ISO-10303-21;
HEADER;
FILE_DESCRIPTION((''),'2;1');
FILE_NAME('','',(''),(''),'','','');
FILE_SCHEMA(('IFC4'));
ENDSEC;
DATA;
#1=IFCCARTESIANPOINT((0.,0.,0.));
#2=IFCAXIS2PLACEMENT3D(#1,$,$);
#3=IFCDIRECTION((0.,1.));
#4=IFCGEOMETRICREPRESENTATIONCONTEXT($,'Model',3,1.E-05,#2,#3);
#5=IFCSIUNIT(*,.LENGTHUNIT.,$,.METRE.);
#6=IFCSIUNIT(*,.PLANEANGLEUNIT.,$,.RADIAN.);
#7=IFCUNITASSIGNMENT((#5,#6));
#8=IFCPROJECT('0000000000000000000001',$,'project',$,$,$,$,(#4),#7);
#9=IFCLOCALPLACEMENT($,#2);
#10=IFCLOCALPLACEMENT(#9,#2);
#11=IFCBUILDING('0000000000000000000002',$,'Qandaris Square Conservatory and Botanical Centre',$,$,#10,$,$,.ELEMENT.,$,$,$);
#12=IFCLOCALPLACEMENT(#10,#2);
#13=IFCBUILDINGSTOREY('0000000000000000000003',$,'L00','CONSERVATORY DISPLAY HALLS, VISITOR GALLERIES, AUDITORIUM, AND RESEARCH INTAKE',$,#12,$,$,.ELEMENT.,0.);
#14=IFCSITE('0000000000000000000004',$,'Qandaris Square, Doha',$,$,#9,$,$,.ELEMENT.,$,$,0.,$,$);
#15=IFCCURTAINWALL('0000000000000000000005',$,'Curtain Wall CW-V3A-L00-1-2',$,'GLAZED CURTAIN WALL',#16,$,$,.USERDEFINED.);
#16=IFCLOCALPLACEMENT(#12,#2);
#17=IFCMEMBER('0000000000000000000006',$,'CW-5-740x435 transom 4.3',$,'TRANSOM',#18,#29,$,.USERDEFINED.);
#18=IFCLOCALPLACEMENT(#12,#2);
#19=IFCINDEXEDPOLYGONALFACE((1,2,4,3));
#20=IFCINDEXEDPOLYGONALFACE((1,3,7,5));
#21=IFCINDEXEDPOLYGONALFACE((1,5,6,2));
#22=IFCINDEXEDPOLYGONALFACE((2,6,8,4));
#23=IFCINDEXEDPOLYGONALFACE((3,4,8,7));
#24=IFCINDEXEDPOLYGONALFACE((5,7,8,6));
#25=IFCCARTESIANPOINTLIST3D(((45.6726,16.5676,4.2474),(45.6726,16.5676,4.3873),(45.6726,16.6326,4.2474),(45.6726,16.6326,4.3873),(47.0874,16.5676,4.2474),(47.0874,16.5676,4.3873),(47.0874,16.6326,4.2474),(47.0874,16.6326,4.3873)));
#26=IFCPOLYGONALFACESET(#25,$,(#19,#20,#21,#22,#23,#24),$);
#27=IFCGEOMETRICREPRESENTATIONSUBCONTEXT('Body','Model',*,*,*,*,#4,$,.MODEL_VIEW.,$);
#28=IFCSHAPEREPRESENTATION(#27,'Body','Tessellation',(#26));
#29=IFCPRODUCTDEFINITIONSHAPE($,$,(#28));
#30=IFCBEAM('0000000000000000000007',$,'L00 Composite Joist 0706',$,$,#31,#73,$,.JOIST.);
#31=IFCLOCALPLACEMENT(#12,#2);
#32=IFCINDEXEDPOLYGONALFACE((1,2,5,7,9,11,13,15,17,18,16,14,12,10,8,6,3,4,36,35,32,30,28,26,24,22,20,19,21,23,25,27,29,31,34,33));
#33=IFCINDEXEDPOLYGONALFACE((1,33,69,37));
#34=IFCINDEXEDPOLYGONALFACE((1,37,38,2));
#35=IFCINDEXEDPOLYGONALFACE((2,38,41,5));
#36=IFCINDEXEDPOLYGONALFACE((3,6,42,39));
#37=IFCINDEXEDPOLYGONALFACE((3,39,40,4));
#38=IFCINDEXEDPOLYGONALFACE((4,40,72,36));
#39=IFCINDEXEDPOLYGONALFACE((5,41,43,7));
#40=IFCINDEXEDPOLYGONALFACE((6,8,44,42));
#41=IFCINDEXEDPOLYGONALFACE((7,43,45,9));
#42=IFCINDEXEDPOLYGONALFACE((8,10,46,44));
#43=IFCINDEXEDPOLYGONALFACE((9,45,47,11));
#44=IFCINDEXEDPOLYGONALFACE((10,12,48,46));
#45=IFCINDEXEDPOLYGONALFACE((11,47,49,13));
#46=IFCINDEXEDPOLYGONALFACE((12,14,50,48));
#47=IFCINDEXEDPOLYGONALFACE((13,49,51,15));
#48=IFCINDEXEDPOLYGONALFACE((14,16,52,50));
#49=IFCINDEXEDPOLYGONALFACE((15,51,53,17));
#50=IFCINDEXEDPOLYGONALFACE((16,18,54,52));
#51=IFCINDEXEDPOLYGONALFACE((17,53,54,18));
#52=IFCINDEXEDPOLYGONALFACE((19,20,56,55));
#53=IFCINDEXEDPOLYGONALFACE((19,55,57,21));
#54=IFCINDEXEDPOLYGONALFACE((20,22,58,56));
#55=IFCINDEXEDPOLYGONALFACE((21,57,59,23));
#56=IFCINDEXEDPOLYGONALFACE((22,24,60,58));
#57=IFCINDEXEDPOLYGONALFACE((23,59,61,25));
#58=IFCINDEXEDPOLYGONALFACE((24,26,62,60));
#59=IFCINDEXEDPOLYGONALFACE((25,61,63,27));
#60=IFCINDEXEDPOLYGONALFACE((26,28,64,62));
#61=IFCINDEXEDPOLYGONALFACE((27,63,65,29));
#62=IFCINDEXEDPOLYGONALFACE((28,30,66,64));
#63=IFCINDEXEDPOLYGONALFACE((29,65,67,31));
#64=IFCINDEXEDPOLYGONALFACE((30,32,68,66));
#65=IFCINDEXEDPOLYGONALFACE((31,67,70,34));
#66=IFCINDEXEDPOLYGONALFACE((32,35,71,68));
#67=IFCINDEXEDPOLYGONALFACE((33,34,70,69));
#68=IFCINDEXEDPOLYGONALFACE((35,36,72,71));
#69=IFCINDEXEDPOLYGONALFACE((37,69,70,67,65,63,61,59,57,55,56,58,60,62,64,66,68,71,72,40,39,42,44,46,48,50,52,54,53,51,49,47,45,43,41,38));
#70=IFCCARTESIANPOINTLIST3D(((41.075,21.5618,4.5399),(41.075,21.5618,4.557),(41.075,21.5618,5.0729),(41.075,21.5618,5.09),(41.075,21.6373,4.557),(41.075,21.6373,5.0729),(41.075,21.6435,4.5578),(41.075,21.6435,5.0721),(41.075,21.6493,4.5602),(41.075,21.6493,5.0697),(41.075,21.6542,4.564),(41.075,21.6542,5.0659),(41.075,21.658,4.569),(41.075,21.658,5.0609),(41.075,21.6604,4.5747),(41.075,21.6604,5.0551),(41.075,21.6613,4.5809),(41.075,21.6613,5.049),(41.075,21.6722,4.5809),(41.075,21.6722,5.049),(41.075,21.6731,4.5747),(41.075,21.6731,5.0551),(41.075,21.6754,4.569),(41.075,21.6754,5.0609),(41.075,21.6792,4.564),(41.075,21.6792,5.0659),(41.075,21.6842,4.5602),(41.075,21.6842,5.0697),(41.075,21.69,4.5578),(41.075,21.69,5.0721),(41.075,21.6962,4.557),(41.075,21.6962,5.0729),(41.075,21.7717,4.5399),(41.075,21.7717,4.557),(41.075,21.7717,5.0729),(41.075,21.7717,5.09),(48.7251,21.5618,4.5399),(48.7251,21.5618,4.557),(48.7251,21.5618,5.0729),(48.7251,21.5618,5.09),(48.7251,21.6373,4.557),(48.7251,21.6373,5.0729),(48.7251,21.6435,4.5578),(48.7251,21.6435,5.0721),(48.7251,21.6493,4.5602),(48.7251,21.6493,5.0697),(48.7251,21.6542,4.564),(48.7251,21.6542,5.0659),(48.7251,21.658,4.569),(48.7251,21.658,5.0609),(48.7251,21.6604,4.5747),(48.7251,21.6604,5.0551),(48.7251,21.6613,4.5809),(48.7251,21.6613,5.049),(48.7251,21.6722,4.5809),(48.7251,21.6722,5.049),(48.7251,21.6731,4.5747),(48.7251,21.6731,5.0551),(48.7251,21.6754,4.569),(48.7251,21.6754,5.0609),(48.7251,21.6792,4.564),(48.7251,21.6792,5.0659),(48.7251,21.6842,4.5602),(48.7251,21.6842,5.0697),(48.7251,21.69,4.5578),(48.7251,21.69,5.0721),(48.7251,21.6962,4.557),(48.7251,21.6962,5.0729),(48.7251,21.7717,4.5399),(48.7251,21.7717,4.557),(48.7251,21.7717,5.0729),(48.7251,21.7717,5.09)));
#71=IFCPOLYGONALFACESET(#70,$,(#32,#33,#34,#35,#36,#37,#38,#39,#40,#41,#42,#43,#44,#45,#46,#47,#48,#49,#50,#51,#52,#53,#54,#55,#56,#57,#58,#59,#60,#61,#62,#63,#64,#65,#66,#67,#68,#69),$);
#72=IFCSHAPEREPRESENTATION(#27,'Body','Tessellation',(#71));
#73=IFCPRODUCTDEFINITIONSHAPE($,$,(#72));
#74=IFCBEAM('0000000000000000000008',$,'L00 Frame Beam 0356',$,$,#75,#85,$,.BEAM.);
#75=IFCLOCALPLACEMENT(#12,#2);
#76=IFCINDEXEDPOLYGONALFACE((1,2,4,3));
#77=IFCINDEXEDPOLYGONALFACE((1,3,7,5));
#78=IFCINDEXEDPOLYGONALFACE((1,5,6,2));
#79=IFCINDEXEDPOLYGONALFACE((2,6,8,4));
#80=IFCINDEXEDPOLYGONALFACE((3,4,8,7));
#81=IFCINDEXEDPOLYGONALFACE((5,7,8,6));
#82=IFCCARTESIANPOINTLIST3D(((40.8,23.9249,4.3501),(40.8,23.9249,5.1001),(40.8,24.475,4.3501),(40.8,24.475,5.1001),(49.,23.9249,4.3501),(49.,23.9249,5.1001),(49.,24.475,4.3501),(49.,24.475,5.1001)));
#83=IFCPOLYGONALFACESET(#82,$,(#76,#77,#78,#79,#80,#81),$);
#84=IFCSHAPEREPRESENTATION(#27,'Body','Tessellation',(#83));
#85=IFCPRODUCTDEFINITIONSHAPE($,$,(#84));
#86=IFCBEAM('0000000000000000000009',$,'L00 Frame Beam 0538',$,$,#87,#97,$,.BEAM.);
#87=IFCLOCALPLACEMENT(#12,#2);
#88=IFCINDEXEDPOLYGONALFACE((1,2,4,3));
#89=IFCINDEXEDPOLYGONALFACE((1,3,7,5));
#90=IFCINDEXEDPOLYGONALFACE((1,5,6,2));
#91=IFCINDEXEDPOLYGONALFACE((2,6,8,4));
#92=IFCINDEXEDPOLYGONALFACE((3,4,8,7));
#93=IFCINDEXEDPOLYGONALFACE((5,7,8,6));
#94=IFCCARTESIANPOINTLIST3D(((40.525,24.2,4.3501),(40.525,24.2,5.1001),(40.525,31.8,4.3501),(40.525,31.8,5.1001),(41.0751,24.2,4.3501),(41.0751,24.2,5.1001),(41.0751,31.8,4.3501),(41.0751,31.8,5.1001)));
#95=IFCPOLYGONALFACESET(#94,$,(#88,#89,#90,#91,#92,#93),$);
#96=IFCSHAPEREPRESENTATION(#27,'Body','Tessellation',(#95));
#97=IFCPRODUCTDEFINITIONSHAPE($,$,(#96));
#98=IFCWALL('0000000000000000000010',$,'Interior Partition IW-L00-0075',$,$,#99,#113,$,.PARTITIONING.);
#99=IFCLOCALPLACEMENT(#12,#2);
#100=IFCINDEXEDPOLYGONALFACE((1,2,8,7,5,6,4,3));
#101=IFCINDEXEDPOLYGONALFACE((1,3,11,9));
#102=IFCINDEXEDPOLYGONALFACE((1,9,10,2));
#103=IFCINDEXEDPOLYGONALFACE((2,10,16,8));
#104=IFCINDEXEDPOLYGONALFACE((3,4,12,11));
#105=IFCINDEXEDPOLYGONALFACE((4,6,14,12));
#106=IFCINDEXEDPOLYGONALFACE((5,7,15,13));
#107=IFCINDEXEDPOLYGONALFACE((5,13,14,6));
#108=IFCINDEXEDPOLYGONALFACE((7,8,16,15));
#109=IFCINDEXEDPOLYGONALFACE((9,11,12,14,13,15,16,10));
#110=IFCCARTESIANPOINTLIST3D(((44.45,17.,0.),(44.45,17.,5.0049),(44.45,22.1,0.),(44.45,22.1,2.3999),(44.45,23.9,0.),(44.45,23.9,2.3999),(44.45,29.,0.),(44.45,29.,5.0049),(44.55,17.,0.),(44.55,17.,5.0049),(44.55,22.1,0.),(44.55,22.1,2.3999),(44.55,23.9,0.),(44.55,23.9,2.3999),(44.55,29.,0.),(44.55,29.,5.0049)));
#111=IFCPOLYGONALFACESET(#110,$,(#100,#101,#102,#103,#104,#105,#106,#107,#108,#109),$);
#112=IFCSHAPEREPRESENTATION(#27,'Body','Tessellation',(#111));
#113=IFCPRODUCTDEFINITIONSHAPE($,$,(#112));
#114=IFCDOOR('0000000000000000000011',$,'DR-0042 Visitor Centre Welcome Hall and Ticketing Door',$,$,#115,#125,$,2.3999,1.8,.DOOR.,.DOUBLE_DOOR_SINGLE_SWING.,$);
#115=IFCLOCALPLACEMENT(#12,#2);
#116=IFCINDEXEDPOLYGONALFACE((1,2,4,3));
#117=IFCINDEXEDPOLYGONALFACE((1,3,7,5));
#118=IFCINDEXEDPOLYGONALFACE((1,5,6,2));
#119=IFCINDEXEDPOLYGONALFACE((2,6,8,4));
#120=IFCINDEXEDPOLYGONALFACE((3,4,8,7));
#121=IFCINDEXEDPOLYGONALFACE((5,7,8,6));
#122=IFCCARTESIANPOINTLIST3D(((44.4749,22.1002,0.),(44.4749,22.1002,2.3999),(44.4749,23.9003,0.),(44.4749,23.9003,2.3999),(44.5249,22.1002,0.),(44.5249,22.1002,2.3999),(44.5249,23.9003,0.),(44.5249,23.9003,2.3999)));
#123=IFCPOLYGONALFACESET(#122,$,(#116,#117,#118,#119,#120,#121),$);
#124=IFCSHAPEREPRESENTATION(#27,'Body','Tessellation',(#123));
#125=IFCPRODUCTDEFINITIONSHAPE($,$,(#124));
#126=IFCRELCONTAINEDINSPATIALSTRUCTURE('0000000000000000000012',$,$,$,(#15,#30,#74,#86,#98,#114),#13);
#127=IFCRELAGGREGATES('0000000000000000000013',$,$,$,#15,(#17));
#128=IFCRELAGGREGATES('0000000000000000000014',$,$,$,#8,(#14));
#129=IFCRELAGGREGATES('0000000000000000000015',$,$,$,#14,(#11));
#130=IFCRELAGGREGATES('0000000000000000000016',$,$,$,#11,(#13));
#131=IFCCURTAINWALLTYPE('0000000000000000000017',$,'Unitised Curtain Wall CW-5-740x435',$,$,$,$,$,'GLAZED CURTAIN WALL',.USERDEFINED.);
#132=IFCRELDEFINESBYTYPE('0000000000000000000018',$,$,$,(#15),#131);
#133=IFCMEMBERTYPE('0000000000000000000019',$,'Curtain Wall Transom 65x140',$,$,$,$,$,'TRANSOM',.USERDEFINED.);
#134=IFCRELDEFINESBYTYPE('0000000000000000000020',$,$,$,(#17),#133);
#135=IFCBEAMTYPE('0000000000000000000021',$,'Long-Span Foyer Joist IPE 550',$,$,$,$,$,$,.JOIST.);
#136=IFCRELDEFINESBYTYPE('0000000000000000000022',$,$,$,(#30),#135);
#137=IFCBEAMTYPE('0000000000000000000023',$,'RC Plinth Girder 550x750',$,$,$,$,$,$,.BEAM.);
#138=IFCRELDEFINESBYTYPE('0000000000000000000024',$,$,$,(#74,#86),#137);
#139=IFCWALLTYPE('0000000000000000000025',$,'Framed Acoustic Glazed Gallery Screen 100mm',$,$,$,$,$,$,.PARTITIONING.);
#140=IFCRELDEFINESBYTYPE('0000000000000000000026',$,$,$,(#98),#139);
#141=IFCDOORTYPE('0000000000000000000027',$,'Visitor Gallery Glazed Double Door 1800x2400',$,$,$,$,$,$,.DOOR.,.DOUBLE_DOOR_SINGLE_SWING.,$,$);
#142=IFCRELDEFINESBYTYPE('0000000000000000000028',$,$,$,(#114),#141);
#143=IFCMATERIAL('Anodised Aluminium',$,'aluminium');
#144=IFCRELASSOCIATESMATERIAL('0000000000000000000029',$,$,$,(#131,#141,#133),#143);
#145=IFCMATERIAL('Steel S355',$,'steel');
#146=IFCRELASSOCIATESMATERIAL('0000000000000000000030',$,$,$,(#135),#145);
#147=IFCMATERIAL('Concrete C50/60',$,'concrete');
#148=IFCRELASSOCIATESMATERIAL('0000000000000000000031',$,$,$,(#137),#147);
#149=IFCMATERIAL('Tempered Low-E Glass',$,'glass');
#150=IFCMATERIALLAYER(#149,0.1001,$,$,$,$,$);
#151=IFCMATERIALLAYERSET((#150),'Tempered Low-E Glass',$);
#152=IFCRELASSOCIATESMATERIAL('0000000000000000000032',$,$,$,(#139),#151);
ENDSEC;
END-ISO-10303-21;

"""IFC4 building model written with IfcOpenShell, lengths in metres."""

from ifc_helpers import new_model, si_unit, direction, frame, frame_2d, origin, origin_2d, place, context, subcontext, project, spatial, rectangle, i_section, extrude, material, layer, layer_set, material_profile, profile_set, type_object, element, fill, aggregate, save


model = new_model("IFC4")

# Units and contexts
model_context = context("Model", 3, precision=1e-05, world=origin(), true_north=direction((0.0, 1.0)))
body_context = subcontext(model_context, "Body", "Model", "MODEL_VIEW")
ifc_project = project(units=[si_unit("LENGTHUNIT", "METRE"), si_unit("PLANEANGLEUNIT", "RADIAN")], contexts=[model_context])

# Site, building, storey
site_placement = place(None, origin())
site = spatial("IfcSite", under=ifc_project, at=site_placement, Name="Qandaris Square, Doha", CompositionType="ELEMENT", RefElevation=0.0)
building_placement = place(site_placement, origin())
building = spatial("IfcBuilding", under=site, at=building_placement, Name="Qandaris Square Conservatory and Botanical Centre", CompositionType="ELEMENT")
storey_placement = place(building_placement, origin())
storey = spatial("IfcBuildingStorey", under=building, at=storey_placement, Name="L00", Description="CONSERVATORY DISPLAY HALLS, VISITOR GALLERIES, AUDITORIUM, AND RESEARCH INTAKE", CompositionType="ELEMENT", Elevation=0.0)

# Shared definitions
ifc_material_1 = material(Name="Concrete C50/60", Category="concrete")

# Shared definitions
ifc_material_2 = material(Name="Steel S355", Category="steel")

# Curtain wall, member
ifc_material_3 = material(Name="Anodised Aluminium", Category="aluminium")
curtain_wall_type = type_object("IfcCurtainWallType", Name="Unitised Curtain Wall CW-5-740x435", ElementType="GLAZED CURTAIN WALL", PredefinedType="USERDEFINED", material=ifc_material_3)
curtain_wall_placement = place(storey_placement, origin())
curtain_wall = element("IfcCurtainWall", 1, at=curtain_wall_placement, inside=storey, type_object=curtain_wall_type, Name="Curtain Wall CW-V3A-L00-1-2", ObjectType="GLAZED CURTAIN WALL", PredefinedType="USERDEFINED")
ifc_material_profile_1 = material_profile(ifc_material_3, rectangle(XDim=0.0649, YDim=0.1399, at=origin_2d()), Name="ALU-TRN 65x140")
ifc_profile_set_1 = profile_set([ifc_material_profile_1], Name="Anodised Aluminium")
member_type_1 = type_object("IfcMemberType", Name="Curtain Wall Transom 65x140", ElementType="TRANSOM", PredefinedType="USERDEFINED", material=ifc_profile_set_1)
member_1_placement = place(storey_placement, frame((45.6726, 16.6001, 4.3174), z_axis=(1.0, 0.0, 0.0), x_axis=(0.0, 1.0, 0.0)))
member_1 = element("IfcMember", 2, at=member_1_placement, type_object=member_type_1, Name="CW-5-740x435 transom 4.3", ObjectType="TRANSOM", PredefinedType="USERDEFINED", context=body_context, shape_type="SweptSolid", body=[
    extrude(rectangle(XDim=0.0649, YDim=0.1399, at=origin_2d()), origin(), (0.0, 0.0, 1.0), 1.4148),
])
aggregate(curtain_wall, [member_1])

# Beams
ifc_material_profile_2 = material_profile(ifc_material_2, i_section(OverallWidth=0.21, OverallDepth=0.55, WebThickness=0.011, FlangeThickness=0.0171, FilletRadius=0.0239, at=origin_2d()), Name="IPE 550")
ifc_profile_set_2 = profile_set([ifc_material_profile_2], Name="Steel S355")
beam_type_1 = type_object("IfcBeamType", Name="Long-Span Foyer Joist IPE 550", PredefinedType="JOIST", material=ifc_profile_set_2)
beam_1_placement = place(storey_placement, frame((41.075, 21.6667, 4.8149), z_axis=(1.0, 0.0, 0.0), x_axis=(0.0, 1.0, 0.0)))
element("IfcBeam", 3, at=beam_1_placement, inside=storey, type_object=beam_type_1, Name="L00 Composite Joist 0706", PredefinedType="JOIST", context=body_context, shape_type="SweptSolid", body=[
    extrude(i_section(OverallWidth=0.21, OverallDepth=0.55, WebThickness=0.011, FlangeThickness=0.0171, FilletRadius=0.0239, at=origin_2d()), origin(), (0.0, 0.0, 1.0), 7.6501),
])
ifc_material_profile_3 = material_profile(ifc_material_1, rectangle(XDim=0.55, YDim=0.75, at=origin_2d()), Name="RC-BM 550x750")
ifc_profile_set_3 = profile_set([ifc_material_profile_3], Name="Concrete C50/60")
beam_type_2 = type_object("IfcBeamType", Name="RC Plinth Girder 550x750", PredefinedType="BEAM", material=ifc_profile_set_3)
beam_2_placement = place(storey_placement, frame((40.8, 24.2, 4.7251), z_axis=(1.0, 0.0, 0.0), x_axis=(0.0, 1.0, 0.0)))
element("IfcBeam", 4, at=beam_2_placement, inside=storey, type_object=beam_type_2, Name="L00 Frame Beam 0356", PredefinedType="BEAM", context=body_context, shape_type="SweptSolid", body=[
    extrude(rectangle(XDim=0.55, YDim=0.75, at=origin_2d()), origin(), (0.0, 0.0, 1.0), 8.2),
])
beam_3_placement = place(storey_placement, frame((40.8, 24.2, 4.7251), z_axis=(0.0, 1.0, 0.0), x_axis=(-1.0, 0.0, 0.0)))
element("IfcBeam", 5, at=beam_3_placement, inside=storey, type_object=beam_type_2, Name="L00 Frame Beam 0538", PredefinedType="BEAM", context=body_context, shape_type="SweptSolid", body=[
    extrude(rectangle(XDim=0.55, YDim=0.75, at=origin_2d()), origin(), (0.0, 0.0, 1.0), 7.6001),
])

# Wall, opening, door
ifc_material_4 = material(Name="Tempered Low-E Glass", Category="glass")
ifc_layer = layer(ifc_material_4, 0.1001)
ifc_layer_set = layer_set([ifc_layer], Name="Tempered Low-E Glass")
wall_type = type_object("IfcWallType", Name="Framed Acoustic Glazed Gallery Screen 100mm", PredefinedType="PARTITIONING", material=ifc_layer_set)
wall_placement = place(storey_placement, frame((44.5, 17.0, 0.0), z_axis=(0.0, 0.0, 1.0), x_axis=(0.0, 1.0, 0.0)))
wall = element("IfcWall", 6, at=wall_placement, inside=storey, type_object=wall_type, Name="Interior Partition IW-L00-0075", PredefinedType="PARTITIONING", context=body_context, shape_type="SweptSolid", body=[
    extrude(rectangle(XDim=12.0, YDim=0.1001, at=frame_2d((6.0, 0.0))), origin(), (0.0, 0.0, 1.0), 5.0049),
])
opening_placement = place(wall_placement, frame((5.1001, 0.0, 0.0)))
opening = element("IfcOpeningElement", 7, at=opening_placement, cuts=wall, PredefinedType="OPENING", context=body_context, shape_type="SweptSolid", body=[
    extrude(rectangle(XDim=1.8, YDim=2.3999, at=frame_2d((0.8999, 1.2))), frame((0.0, 0.062, 0.0), z_axis=(0.0, -1.0, 0.0), x_axis=(1.0, 0.0, 0.0)), (0.0, 0.0, 1.0), 0.124),
])
door_type = type_object("IfcDoorType", Name="Visitor Gallery Glazed Double Door 1800x2400", OperationType="DOUBLE_DOOR_SINGLE_SWING", PredefinedType="DOOR", material=ifc_material_3)
door_placement = place(opening_placement, frame((1.8, 0.0, 0.0), z_axis=(0.0, 0.0, 1.0), x_axis=(-1.0, 0.0, 0.0)))
door = element("IfcDoor", 8, at=door_placement, inside=storey, type_object=door_type, Name="DR-0042 Visitor Centre Welcome Hall and Ticketing Door", OperationType="DOUBLE_DOOR_SINGLE_SWING", OverallHeight=2.3999, OverallWidth=1.8, PredefinedType="DOOR", context=body_context, shape_type="SweptSolid", body=[
    extrude(rectangle(XDim=1.8, YDim=2.3999, at=frame_2d((0.8999, 1.2))), frame((0.0, 0.0249, 0.0), z_axis=(0.0, -1.0, 0.0), x_axis=(1.0, 0.0, 0.0)), (0.0, 0.0, 1.0), 0.05),
])
fill(opening, door)

save(model, "model.ifc")
